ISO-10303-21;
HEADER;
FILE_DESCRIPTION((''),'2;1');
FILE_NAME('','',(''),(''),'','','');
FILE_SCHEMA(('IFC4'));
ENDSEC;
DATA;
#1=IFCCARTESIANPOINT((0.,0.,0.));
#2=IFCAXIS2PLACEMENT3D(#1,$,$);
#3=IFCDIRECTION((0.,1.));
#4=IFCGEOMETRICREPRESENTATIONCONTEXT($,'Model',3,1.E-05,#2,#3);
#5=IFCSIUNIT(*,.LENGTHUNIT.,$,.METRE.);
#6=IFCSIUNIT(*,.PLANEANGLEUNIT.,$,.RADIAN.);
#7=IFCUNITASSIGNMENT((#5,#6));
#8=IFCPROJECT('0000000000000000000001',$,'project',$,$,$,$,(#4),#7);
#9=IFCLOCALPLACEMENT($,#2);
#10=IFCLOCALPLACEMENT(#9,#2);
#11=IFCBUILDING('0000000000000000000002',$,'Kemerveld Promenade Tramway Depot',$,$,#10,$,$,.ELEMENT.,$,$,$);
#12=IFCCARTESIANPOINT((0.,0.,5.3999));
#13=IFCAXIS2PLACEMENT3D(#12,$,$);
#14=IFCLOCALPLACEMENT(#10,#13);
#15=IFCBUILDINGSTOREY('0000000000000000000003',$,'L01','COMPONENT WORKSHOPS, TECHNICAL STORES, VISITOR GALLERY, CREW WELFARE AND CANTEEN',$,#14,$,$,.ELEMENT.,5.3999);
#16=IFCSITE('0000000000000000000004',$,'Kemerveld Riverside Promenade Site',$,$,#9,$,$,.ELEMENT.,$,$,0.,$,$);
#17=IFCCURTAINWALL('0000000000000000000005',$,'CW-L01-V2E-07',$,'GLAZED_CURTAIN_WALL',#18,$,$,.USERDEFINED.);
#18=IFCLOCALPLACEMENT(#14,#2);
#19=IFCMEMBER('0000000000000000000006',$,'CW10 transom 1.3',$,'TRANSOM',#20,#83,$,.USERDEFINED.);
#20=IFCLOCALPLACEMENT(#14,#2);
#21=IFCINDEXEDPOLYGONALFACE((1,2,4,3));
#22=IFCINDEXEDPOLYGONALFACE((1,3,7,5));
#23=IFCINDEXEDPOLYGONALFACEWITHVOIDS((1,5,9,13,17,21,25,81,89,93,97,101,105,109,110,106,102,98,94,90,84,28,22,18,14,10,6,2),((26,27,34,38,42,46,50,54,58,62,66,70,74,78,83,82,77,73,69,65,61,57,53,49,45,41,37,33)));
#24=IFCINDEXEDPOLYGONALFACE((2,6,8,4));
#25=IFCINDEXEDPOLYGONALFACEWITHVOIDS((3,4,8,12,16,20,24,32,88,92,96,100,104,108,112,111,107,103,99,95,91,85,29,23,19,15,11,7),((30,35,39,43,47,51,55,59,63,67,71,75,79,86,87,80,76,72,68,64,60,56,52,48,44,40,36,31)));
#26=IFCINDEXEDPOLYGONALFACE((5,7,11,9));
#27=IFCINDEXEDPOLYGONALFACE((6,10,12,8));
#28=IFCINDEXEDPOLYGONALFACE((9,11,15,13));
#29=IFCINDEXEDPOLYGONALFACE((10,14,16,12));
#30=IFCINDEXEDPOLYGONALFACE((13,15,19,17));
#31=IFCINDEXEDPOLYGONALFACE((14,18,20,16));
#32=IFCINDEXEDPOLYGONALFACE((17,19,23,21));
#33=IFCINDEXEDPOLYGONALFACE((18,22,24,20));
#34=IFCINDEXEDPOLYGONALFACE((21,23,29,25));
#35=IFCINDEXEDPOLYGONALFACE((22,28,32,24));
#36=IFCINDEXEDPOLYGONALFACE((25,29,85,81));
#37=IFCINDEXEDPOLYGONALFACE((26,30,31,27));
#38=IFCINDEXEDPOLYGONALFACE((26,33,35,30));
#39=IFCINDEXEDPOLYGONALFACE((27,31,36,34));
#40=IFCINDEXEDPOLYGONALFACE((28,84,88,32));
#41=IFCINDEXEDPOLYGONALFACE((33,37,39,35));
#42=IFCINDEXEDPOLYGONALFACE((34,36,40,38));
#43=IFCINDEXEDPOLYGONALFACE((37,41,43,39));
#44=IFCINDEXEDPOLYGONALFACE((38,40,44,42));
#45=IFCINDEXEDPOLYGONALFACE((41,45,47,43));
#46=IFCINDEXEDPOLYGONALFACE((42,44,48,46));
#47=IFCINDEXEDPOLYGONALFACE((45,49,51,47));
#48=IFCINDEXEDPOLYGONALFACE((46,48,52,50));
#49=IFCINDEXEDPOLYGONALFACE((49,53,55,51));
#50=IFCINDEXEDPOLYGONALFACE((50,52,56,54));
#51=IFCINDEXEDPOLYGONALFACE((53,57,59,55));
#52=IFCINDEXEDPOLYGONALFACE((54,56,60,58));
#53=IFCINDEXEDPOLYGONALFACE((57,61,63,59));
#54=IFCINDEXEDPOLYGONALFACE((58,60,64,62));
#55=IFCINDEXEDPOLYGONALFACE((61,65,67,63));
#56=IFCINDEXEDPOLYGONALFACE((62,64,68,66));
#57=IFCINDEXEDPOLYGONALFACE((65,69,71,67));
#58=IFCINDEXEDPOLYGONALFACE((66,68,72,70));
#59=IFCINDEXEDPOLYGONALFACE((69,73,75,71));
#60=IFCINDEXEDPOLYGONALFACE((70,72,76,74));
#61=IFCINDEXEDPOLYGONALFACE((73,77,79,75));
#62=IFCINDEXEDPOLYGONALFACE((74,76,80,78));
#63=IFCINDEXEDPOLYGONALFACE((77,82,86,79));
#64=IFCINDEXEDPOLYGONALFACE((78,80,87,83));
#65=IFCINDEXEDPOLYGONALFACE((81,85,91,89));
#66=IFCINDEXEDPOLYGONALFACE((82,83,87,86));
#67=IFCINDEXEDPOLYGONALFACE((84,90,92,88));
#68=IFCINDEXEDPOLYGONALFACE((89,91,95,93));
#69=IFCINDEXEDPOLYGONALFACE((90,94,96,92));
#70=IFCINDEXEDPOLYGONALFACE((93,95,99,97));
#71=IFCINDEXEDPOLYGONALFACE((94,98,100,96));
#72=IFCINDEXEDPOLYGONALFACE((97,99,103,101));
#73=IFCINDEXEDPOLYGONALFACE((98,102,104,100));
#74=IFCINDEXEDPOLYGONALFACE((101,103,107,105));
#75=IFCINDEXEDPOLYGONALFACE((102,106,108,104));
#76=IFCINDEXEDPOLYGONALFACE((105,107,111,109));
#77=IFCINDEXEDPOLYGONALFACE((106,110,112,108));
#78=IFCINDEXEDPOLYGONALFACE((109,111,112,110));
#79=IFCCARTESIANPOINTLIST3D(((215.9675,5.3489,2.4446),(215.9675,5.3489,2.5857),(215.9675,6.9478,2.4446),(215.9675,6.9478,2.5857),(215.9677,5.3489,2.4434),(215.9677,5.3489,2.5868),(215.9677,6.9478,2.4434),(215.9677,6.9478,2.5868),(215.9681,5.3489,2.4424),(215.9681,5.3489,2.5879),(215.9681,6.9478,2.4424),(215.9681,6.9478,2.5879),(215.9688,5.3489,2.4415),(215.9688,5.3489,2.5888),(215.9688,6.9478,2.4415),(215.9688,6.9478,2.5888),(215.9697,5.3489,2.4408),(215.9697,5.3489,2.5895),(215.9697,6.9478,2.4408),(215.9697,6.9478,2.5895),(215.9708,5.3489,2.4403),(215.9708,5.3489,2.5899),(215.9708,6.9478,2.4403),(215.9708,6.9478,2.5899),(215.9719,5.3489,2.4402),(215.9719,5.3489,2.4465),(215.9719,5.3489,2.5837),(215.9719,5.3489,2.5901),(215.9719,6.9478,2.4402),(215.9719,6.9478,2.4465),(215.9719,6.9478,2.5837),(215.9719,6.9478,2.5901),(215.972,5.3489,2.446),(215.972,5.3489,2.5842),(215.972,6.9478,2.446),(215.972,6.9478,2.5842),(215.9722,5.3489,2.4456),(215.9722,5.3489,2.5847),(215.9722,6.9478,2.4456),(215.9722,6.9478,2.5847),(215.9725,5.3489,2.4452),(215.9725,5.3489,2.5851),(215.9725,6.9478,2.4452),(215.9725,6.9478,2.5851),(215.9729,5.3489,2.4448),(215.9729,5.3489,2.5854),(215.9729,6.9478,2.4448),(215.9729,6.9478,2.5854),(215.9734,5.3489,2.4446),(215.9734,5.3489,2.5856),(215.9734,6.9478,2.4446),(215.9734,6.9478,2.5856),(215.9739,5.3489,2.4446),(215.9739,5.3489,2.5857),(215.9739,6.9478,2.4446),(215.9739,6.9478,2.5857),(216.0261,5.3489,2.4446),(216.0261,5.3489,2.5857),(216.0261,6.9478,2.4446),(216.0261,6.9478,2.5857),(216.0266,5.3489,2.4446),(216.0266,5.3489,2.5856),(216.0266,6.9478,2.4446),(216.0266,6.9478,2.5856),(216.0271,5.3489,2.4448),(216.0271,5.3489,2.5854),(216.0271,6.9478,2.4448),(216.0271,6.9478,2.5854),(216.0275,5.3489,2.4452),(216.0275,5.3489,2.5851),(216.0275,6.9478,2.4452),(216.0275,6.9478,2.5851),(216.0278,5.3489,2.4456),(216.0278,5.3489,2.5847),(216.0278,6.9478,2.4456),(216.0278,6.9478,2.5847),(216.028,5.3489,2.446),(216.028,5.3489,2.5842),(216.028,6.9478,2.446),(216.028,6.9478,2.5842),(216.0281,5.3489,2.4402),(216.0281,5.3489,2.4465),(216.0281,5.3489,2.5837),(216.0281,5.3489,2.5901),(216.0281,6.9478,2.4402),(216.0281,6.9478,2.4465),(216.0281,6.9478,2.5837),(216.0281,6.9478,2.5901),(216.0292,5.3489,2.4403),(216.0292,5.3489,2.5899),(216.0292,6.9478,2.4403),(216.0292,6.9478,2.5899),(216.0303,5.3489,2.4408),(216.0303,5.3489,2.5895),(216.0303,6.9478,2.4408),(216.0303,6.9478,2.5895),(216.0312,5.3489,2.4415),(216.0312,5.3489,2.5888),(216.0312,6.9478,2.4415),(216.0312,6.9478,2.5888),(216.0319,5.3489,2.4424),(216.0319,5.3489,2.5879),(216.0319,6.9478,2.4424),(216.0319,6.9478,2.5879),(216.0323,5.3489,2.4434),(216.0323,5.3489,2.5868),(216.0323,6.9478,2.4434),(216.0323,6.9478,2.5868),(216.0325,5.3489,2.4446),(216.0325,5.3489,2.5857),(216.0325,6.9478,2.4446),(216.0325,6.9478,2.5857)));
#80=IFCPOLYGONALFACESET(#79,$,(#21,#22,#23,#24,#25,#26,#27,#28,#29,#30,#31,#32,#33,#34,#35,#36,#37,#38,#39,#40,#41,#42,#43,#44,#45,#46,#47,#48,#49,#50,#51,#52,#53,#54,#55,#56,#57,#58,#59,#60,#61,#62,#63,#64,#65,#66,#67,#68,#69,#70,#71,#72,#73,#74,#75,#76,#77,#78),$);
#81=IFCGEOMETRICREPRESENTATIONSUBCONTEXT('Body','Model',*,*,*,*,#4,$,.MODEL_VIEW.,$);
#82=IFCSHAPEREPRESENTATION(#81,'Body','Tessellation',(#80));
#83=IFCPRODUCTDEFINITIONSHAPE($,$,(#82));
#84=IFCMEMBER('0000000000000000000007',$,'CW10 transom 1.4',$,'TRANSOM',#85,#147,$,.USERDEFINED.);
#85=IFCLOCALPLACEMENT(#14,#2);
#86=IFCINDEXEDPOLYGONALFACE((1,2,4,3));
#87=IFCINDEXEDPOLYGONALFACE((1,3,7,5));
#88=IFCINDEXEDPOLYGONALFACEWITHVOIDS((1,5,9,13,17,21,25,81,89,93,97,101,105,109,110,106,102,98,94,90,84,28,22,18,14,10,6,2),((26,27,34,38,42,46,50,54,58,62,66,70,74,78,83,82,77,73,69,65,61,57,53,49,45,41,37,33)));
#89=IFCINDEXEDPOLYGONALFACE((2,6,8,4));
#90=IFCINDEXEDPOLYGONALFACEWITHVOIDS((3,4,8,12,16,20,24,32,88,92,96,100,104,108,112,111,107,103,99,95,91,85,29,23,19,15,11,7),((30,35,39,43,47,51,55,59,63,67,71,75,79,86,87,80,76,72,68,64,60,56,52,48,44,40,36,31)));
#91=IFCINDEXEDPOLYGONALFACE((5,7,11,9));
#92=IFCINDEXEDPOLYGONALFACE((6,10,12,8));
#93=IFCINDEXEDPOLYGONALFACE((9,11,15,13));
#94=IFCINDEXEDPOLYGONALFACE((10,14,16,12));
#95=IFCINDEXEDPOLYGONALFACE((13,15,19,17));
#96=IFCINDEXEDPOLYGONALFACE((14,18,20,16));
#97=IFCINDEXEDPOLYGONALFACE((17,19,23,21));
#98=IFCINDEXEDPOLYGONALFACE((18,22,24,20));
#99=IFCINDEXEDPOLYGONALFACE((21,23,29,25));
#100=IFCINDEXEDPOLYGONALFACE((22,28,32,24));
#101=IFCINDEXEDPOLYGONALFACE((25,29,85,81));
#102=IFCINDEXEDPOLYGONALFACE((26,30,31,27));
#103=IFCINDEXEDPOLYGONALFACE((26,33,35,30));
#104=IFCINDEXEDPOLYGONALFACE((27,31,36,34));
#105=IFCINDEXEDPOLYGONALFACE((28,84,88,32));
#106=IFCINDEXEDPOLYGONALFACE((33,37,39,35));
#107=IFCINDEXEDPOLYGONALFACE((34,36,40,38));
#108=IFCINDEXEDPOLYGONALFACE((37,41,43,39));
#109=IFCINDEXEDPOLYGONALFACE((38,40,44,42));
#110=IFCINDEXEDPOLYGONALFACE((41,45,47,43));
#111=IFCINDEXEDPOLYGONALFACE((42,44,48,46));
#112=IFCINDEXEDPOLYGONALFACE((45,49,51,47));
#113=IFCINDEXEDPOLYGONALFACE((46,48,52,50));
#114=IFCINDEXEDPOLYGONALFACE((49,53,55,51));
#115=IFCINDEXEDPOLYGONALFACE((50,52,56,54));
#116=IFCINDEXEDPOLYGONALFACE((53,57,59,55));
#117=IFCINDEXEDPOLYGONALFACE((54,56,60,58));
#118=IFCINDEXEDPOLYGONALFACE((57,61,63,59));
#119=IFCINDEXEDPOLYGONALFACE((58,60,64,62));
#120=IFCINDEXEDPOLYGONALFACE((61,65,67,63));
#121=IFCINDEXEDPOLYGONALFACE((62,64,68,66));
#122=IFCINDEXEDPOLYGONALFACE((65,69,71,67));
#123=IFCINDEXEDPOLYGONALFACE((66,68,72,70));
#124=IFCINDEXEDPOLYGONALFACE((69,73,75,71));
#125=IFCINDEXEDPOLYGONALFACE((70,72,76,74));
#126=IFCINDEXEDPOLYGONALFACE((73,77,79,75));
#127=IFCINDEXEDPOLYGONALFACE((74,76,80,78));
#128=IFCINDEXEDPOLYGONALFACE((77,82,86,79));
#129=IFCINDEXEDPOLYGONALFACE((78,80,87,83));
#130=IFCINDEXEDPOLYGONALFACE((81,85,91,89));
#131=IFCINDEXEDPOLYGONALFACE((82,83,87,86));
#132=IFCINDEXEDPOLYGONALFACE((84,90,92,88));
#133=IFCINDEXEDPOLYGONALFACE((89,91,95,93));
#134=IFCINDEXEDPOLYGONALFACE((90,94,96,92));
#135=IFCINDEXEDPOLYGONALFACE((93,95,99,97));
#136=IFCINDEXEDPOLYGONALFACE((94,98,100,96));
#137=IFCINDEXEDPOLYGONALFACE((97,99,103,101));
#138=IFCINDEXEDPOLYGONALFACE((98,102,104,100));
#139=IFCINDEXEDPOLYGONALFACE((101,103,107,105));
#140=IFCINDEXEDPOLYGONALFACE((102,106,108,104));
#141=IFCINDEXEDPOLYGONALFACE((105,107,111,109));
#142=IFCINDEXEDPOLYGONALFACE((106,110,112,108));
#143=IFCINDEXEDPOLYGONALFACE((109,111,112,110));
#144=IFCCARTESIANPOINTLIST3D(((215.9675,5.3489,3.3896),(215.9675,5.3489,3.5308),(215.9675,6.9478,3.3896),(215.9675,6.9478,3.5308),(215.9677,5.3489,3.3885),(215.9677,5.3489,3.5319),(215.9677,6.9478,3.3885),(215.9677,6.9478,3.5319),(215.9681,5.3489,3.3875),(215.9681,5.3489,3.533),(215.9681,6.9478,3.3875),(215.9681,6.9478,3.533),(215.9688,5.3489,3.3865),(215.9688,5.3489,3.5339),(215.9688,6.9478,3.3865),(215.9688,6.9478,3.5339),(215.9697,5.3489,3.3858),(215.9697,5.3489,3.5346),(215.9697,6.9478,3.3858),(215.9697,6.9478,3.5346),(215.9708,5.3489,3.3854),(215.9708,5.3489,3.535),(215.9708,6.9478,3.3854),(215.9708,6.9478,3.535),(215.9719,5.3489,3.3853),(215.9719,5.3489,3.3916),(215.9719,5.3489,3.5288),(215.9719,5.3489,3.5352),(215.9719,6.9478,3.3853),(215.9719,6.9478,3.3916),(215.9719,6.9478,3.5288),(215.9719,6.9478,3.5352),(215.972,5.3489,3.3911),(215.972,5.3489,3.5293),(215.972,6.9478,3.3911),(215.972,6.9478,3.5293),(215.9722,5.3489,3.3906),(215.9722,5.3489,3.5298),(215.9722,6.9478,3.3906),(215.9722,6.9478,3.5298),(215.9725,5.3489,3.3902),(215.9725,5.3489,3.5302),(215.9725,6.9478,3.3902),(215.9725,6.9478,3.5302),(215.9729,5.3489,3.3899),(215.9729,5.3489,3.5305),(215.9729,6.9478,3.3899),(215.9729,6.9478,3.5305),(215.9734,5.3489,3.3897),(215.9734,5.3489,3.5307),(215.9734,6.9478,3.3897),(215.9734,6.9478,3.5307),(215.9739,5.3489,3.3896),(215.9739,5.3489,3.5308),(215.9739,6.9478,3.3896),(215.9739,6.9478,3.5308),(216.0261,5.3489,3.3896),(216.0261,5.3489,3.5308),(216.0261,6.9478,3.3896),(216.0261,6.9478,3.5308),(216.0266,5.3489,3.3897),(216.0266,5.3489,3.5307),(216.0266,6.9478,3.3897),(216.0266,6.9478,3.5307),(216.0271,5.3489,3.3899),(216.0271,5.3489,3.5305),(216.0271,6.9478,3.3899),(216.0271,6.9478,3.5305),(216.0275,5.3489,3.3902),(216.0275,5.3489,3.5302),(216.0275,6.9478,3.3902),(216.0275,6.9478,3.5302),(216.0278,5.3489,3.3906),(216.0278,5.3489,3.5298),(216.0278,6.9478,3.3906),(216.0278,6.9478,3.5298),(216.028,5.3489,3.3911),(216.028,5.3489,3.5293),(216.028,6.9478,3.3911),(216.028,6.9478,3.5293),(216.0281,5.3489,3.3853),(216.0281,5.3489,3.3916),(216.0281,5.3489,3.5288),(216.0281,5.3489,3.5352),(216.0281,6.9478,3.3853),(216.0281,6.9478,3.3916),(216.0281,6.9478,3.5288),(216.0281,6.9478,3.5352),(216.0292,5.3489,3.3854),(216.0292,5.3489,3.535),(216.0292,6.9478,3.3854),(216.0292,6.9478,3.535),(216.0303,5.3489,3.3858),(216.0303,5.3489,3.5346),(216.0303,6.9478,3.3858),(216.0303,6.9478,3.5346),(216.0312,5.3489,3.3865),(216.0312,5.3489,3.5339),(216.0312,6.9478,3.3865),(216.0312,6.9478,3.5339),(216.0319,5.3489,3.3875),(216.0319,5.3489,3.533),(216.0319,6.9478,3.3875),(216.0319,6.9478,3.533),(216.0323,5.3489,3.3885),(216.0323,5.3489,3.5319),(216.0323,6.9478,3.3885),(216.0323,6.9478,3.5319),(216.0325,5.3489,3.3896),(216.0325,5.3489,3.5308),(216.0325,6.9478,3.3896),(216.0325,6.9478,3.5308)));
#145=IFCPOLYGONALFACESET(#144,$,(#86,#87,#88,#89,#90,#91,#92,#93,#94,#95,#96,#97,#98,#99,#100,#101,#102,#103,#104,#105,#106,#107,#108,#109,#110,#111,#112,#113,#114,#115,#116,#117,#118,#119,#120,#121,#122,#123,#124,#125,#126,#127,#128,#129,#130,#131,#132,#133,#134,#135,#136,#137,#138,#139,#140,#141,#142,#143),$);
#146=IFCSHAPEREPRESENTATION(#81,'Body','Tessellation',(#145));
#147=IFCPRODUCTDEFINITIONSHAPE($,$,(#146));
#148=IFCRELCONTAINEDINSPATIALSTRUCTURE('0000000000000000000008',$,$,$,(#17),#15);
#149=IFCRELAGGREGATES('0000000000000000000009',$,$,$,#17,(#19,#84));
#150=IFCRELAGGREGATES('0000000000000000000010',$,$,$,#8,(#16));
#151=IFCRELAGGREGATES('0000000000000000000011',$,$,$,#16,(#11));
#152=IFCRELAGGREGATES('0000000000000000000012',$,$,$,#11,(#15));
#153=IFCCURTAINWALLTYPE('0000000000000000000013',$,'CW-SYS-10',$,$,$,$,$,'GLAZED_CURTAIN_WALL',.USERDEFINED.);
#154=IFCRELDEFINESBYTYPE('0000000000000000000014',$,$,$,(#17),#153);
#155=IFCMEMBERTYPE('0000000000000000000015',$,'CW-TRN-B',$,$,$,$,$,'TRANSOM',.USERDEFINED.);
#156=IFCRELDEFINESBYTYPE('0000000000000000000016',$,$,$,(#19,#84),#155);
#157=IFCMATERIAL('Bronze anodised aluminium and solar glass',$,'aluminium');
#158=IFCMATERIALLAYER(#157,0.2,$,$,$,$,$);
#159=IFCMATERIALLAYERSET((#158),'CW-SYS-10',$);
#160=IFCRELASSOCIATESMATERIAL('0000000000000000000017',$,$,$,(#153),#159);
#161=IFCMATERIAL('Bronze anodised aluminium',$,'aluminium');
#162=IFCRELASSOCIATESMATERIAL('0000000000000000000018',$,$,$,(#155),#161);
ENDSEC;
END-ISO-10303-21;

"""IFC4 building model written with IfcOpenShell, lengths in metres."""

from ifc_helpers import new_model, si_unit, direction, frame, origin, origin_2d, place, context, subcontext, project, spatial, hollow_rectangle, extrude, material, layer, layer_set, material_profile, profile_set, type_object, element, aggregate, save


model = new_model("IFC4")

# Units and contexts
model_context = context("Model", 3, precision=1e-05, world=origin(), true_north=direction((0.0, 1.0)))
body_context = subcontext(model_context, "Body", "Model", "MODEL_VIEW")
ifc_project = project(units=[si_unit("LENGTHUNIT", "METRE"), si_unit("PLANEANGLEUNIT", "RADIAN")], contexts=[model_context])

# Site, building, storey
site_placement = place(None, origin())
site = spatial("IfcSite", under=ifc_project, at=site_placement, Name="Kemerveld Riverside Promenade Site", CompositionType="ELEMENT", RefElevation=0.0)
building_placement = place(site_placement, origin())
building = spatial("IfcBuilding", under=site, at=building_placement, Name="Kemerveld Promenade Tramway Depot", CompositionType="ELEMENT")
storey_placement = place(building_placement, frame((0.0, 0.0, 5.3999)))
storey = spatial("IfcBuildingStorey", under=building, at=storey_placement, Name="L01", Description="COMPONENT WORKSHOPS, TECHNICAL STORES, VISITOR GALLERY, CREW WELFARE AND CANTEEN", CompositionType="ELEMENT", Elevation=5.3999)

# Curtain wall, members
ifc_material_1 = material(Name="Bronze anodised aluminium and solar glass", Category="aluminium")
ifc_layer_1 = layer(ifc_material_1, 0.2)
ifc_layer_set_1 = layer_set([ifc_layer_1], Name="CW-SYS-10")
curtain_wall_type = type_object("IfcCurtainWallType", Name="CW-SYS-10", ElementType="GLAZED_CURTAIN_WALL", PredefinedType="USERDEFINED", material=ifc_layer_set_1)
curtain_wall_placement = place(storey_placement, origin())
curtain_wall = element("IfcCurtainWall", 1, at=curtain_wall_placement, inside=storey, type_object=curtain_wall_type, Name="CW-L01-V2E-07", ObjectType="GLAZED_CURTAIN_WALL", PredefinedType="USERDEFINED")
ifc_material_2 = material(Name="Bronze anodised aluminium", Category="aluminium")
ifc_material_profile_1 = material_profile(ifc_material_2, hollow_rectangle(XDim=0.0649, YDim=0.1499, WallThickness=0.0044, InnerFilletRadius=0.002, OuterFilletRadius=0.0044, at=origin_2d()), Name="CW-TRN-150x65")
ifc_profile_set_1 = profile_set([ifc_material_profile_1], Name="Bronze anodised aluminium")
member_type_1 = type_object("IfcMemberType", Name="CW-TRN-B", ElementType="TRANSOM", PredefinedType="USERDEFINED", material=ifc_profile_set_1)
member_1_placement = place(storey_placement, frame((216.0, 6.9478, 2.5151), z_axis=(0.0, -1.0, 0.0), x_axis=(1.0, 0.0, 0.0)))
member_1 = element("IfcMember", 2, at=member_1_placement, type_object=member_type_1, Name="CW10 transom 1.3", ObjectType="TRANSOM", PredefinedType="USERDEFINED", context=body_context, shape_type="SweptSolid", body=[
    extrude(hollow_rectangle(XDim=0.0649, YDim=0.1499, WallThickness=0.0044, InnerFilletRadius=0.002, OuterFilletRadius=0.0044, at=origin_2d()), origin(), (0.0, 0.0, 1.0), 1.5989),
])
member_2_placement = place(storey_placement, frame((216.0, 6.9478, 3.4602), z_axis=(0.0, -1.0, 0.0), x_axis=(1.0, 0.0, 0.0)))
member_2 = element("IfcMember", 3, at=member_2_placement, type_object=member_type_1, Name="CW10 transom 1.4", ObjectType="TRANSOM", PredefinedType="USERDEFINED", context=body_context, shape_type="SweptSolid", body=[
    extrude(hollow_rectangle(XDim=0.0649, YDim=0.1499, WallThickness=0.0044, InnerFilletRadius=0.002, OuterFilletRadius=0.0044, at=origin_2d()), origin(), (0.0, 0.0, 1.0), 1.5989),
])
aggregate(curtain_wall, [member_1, member_2])

save(model, "model.ifc")
